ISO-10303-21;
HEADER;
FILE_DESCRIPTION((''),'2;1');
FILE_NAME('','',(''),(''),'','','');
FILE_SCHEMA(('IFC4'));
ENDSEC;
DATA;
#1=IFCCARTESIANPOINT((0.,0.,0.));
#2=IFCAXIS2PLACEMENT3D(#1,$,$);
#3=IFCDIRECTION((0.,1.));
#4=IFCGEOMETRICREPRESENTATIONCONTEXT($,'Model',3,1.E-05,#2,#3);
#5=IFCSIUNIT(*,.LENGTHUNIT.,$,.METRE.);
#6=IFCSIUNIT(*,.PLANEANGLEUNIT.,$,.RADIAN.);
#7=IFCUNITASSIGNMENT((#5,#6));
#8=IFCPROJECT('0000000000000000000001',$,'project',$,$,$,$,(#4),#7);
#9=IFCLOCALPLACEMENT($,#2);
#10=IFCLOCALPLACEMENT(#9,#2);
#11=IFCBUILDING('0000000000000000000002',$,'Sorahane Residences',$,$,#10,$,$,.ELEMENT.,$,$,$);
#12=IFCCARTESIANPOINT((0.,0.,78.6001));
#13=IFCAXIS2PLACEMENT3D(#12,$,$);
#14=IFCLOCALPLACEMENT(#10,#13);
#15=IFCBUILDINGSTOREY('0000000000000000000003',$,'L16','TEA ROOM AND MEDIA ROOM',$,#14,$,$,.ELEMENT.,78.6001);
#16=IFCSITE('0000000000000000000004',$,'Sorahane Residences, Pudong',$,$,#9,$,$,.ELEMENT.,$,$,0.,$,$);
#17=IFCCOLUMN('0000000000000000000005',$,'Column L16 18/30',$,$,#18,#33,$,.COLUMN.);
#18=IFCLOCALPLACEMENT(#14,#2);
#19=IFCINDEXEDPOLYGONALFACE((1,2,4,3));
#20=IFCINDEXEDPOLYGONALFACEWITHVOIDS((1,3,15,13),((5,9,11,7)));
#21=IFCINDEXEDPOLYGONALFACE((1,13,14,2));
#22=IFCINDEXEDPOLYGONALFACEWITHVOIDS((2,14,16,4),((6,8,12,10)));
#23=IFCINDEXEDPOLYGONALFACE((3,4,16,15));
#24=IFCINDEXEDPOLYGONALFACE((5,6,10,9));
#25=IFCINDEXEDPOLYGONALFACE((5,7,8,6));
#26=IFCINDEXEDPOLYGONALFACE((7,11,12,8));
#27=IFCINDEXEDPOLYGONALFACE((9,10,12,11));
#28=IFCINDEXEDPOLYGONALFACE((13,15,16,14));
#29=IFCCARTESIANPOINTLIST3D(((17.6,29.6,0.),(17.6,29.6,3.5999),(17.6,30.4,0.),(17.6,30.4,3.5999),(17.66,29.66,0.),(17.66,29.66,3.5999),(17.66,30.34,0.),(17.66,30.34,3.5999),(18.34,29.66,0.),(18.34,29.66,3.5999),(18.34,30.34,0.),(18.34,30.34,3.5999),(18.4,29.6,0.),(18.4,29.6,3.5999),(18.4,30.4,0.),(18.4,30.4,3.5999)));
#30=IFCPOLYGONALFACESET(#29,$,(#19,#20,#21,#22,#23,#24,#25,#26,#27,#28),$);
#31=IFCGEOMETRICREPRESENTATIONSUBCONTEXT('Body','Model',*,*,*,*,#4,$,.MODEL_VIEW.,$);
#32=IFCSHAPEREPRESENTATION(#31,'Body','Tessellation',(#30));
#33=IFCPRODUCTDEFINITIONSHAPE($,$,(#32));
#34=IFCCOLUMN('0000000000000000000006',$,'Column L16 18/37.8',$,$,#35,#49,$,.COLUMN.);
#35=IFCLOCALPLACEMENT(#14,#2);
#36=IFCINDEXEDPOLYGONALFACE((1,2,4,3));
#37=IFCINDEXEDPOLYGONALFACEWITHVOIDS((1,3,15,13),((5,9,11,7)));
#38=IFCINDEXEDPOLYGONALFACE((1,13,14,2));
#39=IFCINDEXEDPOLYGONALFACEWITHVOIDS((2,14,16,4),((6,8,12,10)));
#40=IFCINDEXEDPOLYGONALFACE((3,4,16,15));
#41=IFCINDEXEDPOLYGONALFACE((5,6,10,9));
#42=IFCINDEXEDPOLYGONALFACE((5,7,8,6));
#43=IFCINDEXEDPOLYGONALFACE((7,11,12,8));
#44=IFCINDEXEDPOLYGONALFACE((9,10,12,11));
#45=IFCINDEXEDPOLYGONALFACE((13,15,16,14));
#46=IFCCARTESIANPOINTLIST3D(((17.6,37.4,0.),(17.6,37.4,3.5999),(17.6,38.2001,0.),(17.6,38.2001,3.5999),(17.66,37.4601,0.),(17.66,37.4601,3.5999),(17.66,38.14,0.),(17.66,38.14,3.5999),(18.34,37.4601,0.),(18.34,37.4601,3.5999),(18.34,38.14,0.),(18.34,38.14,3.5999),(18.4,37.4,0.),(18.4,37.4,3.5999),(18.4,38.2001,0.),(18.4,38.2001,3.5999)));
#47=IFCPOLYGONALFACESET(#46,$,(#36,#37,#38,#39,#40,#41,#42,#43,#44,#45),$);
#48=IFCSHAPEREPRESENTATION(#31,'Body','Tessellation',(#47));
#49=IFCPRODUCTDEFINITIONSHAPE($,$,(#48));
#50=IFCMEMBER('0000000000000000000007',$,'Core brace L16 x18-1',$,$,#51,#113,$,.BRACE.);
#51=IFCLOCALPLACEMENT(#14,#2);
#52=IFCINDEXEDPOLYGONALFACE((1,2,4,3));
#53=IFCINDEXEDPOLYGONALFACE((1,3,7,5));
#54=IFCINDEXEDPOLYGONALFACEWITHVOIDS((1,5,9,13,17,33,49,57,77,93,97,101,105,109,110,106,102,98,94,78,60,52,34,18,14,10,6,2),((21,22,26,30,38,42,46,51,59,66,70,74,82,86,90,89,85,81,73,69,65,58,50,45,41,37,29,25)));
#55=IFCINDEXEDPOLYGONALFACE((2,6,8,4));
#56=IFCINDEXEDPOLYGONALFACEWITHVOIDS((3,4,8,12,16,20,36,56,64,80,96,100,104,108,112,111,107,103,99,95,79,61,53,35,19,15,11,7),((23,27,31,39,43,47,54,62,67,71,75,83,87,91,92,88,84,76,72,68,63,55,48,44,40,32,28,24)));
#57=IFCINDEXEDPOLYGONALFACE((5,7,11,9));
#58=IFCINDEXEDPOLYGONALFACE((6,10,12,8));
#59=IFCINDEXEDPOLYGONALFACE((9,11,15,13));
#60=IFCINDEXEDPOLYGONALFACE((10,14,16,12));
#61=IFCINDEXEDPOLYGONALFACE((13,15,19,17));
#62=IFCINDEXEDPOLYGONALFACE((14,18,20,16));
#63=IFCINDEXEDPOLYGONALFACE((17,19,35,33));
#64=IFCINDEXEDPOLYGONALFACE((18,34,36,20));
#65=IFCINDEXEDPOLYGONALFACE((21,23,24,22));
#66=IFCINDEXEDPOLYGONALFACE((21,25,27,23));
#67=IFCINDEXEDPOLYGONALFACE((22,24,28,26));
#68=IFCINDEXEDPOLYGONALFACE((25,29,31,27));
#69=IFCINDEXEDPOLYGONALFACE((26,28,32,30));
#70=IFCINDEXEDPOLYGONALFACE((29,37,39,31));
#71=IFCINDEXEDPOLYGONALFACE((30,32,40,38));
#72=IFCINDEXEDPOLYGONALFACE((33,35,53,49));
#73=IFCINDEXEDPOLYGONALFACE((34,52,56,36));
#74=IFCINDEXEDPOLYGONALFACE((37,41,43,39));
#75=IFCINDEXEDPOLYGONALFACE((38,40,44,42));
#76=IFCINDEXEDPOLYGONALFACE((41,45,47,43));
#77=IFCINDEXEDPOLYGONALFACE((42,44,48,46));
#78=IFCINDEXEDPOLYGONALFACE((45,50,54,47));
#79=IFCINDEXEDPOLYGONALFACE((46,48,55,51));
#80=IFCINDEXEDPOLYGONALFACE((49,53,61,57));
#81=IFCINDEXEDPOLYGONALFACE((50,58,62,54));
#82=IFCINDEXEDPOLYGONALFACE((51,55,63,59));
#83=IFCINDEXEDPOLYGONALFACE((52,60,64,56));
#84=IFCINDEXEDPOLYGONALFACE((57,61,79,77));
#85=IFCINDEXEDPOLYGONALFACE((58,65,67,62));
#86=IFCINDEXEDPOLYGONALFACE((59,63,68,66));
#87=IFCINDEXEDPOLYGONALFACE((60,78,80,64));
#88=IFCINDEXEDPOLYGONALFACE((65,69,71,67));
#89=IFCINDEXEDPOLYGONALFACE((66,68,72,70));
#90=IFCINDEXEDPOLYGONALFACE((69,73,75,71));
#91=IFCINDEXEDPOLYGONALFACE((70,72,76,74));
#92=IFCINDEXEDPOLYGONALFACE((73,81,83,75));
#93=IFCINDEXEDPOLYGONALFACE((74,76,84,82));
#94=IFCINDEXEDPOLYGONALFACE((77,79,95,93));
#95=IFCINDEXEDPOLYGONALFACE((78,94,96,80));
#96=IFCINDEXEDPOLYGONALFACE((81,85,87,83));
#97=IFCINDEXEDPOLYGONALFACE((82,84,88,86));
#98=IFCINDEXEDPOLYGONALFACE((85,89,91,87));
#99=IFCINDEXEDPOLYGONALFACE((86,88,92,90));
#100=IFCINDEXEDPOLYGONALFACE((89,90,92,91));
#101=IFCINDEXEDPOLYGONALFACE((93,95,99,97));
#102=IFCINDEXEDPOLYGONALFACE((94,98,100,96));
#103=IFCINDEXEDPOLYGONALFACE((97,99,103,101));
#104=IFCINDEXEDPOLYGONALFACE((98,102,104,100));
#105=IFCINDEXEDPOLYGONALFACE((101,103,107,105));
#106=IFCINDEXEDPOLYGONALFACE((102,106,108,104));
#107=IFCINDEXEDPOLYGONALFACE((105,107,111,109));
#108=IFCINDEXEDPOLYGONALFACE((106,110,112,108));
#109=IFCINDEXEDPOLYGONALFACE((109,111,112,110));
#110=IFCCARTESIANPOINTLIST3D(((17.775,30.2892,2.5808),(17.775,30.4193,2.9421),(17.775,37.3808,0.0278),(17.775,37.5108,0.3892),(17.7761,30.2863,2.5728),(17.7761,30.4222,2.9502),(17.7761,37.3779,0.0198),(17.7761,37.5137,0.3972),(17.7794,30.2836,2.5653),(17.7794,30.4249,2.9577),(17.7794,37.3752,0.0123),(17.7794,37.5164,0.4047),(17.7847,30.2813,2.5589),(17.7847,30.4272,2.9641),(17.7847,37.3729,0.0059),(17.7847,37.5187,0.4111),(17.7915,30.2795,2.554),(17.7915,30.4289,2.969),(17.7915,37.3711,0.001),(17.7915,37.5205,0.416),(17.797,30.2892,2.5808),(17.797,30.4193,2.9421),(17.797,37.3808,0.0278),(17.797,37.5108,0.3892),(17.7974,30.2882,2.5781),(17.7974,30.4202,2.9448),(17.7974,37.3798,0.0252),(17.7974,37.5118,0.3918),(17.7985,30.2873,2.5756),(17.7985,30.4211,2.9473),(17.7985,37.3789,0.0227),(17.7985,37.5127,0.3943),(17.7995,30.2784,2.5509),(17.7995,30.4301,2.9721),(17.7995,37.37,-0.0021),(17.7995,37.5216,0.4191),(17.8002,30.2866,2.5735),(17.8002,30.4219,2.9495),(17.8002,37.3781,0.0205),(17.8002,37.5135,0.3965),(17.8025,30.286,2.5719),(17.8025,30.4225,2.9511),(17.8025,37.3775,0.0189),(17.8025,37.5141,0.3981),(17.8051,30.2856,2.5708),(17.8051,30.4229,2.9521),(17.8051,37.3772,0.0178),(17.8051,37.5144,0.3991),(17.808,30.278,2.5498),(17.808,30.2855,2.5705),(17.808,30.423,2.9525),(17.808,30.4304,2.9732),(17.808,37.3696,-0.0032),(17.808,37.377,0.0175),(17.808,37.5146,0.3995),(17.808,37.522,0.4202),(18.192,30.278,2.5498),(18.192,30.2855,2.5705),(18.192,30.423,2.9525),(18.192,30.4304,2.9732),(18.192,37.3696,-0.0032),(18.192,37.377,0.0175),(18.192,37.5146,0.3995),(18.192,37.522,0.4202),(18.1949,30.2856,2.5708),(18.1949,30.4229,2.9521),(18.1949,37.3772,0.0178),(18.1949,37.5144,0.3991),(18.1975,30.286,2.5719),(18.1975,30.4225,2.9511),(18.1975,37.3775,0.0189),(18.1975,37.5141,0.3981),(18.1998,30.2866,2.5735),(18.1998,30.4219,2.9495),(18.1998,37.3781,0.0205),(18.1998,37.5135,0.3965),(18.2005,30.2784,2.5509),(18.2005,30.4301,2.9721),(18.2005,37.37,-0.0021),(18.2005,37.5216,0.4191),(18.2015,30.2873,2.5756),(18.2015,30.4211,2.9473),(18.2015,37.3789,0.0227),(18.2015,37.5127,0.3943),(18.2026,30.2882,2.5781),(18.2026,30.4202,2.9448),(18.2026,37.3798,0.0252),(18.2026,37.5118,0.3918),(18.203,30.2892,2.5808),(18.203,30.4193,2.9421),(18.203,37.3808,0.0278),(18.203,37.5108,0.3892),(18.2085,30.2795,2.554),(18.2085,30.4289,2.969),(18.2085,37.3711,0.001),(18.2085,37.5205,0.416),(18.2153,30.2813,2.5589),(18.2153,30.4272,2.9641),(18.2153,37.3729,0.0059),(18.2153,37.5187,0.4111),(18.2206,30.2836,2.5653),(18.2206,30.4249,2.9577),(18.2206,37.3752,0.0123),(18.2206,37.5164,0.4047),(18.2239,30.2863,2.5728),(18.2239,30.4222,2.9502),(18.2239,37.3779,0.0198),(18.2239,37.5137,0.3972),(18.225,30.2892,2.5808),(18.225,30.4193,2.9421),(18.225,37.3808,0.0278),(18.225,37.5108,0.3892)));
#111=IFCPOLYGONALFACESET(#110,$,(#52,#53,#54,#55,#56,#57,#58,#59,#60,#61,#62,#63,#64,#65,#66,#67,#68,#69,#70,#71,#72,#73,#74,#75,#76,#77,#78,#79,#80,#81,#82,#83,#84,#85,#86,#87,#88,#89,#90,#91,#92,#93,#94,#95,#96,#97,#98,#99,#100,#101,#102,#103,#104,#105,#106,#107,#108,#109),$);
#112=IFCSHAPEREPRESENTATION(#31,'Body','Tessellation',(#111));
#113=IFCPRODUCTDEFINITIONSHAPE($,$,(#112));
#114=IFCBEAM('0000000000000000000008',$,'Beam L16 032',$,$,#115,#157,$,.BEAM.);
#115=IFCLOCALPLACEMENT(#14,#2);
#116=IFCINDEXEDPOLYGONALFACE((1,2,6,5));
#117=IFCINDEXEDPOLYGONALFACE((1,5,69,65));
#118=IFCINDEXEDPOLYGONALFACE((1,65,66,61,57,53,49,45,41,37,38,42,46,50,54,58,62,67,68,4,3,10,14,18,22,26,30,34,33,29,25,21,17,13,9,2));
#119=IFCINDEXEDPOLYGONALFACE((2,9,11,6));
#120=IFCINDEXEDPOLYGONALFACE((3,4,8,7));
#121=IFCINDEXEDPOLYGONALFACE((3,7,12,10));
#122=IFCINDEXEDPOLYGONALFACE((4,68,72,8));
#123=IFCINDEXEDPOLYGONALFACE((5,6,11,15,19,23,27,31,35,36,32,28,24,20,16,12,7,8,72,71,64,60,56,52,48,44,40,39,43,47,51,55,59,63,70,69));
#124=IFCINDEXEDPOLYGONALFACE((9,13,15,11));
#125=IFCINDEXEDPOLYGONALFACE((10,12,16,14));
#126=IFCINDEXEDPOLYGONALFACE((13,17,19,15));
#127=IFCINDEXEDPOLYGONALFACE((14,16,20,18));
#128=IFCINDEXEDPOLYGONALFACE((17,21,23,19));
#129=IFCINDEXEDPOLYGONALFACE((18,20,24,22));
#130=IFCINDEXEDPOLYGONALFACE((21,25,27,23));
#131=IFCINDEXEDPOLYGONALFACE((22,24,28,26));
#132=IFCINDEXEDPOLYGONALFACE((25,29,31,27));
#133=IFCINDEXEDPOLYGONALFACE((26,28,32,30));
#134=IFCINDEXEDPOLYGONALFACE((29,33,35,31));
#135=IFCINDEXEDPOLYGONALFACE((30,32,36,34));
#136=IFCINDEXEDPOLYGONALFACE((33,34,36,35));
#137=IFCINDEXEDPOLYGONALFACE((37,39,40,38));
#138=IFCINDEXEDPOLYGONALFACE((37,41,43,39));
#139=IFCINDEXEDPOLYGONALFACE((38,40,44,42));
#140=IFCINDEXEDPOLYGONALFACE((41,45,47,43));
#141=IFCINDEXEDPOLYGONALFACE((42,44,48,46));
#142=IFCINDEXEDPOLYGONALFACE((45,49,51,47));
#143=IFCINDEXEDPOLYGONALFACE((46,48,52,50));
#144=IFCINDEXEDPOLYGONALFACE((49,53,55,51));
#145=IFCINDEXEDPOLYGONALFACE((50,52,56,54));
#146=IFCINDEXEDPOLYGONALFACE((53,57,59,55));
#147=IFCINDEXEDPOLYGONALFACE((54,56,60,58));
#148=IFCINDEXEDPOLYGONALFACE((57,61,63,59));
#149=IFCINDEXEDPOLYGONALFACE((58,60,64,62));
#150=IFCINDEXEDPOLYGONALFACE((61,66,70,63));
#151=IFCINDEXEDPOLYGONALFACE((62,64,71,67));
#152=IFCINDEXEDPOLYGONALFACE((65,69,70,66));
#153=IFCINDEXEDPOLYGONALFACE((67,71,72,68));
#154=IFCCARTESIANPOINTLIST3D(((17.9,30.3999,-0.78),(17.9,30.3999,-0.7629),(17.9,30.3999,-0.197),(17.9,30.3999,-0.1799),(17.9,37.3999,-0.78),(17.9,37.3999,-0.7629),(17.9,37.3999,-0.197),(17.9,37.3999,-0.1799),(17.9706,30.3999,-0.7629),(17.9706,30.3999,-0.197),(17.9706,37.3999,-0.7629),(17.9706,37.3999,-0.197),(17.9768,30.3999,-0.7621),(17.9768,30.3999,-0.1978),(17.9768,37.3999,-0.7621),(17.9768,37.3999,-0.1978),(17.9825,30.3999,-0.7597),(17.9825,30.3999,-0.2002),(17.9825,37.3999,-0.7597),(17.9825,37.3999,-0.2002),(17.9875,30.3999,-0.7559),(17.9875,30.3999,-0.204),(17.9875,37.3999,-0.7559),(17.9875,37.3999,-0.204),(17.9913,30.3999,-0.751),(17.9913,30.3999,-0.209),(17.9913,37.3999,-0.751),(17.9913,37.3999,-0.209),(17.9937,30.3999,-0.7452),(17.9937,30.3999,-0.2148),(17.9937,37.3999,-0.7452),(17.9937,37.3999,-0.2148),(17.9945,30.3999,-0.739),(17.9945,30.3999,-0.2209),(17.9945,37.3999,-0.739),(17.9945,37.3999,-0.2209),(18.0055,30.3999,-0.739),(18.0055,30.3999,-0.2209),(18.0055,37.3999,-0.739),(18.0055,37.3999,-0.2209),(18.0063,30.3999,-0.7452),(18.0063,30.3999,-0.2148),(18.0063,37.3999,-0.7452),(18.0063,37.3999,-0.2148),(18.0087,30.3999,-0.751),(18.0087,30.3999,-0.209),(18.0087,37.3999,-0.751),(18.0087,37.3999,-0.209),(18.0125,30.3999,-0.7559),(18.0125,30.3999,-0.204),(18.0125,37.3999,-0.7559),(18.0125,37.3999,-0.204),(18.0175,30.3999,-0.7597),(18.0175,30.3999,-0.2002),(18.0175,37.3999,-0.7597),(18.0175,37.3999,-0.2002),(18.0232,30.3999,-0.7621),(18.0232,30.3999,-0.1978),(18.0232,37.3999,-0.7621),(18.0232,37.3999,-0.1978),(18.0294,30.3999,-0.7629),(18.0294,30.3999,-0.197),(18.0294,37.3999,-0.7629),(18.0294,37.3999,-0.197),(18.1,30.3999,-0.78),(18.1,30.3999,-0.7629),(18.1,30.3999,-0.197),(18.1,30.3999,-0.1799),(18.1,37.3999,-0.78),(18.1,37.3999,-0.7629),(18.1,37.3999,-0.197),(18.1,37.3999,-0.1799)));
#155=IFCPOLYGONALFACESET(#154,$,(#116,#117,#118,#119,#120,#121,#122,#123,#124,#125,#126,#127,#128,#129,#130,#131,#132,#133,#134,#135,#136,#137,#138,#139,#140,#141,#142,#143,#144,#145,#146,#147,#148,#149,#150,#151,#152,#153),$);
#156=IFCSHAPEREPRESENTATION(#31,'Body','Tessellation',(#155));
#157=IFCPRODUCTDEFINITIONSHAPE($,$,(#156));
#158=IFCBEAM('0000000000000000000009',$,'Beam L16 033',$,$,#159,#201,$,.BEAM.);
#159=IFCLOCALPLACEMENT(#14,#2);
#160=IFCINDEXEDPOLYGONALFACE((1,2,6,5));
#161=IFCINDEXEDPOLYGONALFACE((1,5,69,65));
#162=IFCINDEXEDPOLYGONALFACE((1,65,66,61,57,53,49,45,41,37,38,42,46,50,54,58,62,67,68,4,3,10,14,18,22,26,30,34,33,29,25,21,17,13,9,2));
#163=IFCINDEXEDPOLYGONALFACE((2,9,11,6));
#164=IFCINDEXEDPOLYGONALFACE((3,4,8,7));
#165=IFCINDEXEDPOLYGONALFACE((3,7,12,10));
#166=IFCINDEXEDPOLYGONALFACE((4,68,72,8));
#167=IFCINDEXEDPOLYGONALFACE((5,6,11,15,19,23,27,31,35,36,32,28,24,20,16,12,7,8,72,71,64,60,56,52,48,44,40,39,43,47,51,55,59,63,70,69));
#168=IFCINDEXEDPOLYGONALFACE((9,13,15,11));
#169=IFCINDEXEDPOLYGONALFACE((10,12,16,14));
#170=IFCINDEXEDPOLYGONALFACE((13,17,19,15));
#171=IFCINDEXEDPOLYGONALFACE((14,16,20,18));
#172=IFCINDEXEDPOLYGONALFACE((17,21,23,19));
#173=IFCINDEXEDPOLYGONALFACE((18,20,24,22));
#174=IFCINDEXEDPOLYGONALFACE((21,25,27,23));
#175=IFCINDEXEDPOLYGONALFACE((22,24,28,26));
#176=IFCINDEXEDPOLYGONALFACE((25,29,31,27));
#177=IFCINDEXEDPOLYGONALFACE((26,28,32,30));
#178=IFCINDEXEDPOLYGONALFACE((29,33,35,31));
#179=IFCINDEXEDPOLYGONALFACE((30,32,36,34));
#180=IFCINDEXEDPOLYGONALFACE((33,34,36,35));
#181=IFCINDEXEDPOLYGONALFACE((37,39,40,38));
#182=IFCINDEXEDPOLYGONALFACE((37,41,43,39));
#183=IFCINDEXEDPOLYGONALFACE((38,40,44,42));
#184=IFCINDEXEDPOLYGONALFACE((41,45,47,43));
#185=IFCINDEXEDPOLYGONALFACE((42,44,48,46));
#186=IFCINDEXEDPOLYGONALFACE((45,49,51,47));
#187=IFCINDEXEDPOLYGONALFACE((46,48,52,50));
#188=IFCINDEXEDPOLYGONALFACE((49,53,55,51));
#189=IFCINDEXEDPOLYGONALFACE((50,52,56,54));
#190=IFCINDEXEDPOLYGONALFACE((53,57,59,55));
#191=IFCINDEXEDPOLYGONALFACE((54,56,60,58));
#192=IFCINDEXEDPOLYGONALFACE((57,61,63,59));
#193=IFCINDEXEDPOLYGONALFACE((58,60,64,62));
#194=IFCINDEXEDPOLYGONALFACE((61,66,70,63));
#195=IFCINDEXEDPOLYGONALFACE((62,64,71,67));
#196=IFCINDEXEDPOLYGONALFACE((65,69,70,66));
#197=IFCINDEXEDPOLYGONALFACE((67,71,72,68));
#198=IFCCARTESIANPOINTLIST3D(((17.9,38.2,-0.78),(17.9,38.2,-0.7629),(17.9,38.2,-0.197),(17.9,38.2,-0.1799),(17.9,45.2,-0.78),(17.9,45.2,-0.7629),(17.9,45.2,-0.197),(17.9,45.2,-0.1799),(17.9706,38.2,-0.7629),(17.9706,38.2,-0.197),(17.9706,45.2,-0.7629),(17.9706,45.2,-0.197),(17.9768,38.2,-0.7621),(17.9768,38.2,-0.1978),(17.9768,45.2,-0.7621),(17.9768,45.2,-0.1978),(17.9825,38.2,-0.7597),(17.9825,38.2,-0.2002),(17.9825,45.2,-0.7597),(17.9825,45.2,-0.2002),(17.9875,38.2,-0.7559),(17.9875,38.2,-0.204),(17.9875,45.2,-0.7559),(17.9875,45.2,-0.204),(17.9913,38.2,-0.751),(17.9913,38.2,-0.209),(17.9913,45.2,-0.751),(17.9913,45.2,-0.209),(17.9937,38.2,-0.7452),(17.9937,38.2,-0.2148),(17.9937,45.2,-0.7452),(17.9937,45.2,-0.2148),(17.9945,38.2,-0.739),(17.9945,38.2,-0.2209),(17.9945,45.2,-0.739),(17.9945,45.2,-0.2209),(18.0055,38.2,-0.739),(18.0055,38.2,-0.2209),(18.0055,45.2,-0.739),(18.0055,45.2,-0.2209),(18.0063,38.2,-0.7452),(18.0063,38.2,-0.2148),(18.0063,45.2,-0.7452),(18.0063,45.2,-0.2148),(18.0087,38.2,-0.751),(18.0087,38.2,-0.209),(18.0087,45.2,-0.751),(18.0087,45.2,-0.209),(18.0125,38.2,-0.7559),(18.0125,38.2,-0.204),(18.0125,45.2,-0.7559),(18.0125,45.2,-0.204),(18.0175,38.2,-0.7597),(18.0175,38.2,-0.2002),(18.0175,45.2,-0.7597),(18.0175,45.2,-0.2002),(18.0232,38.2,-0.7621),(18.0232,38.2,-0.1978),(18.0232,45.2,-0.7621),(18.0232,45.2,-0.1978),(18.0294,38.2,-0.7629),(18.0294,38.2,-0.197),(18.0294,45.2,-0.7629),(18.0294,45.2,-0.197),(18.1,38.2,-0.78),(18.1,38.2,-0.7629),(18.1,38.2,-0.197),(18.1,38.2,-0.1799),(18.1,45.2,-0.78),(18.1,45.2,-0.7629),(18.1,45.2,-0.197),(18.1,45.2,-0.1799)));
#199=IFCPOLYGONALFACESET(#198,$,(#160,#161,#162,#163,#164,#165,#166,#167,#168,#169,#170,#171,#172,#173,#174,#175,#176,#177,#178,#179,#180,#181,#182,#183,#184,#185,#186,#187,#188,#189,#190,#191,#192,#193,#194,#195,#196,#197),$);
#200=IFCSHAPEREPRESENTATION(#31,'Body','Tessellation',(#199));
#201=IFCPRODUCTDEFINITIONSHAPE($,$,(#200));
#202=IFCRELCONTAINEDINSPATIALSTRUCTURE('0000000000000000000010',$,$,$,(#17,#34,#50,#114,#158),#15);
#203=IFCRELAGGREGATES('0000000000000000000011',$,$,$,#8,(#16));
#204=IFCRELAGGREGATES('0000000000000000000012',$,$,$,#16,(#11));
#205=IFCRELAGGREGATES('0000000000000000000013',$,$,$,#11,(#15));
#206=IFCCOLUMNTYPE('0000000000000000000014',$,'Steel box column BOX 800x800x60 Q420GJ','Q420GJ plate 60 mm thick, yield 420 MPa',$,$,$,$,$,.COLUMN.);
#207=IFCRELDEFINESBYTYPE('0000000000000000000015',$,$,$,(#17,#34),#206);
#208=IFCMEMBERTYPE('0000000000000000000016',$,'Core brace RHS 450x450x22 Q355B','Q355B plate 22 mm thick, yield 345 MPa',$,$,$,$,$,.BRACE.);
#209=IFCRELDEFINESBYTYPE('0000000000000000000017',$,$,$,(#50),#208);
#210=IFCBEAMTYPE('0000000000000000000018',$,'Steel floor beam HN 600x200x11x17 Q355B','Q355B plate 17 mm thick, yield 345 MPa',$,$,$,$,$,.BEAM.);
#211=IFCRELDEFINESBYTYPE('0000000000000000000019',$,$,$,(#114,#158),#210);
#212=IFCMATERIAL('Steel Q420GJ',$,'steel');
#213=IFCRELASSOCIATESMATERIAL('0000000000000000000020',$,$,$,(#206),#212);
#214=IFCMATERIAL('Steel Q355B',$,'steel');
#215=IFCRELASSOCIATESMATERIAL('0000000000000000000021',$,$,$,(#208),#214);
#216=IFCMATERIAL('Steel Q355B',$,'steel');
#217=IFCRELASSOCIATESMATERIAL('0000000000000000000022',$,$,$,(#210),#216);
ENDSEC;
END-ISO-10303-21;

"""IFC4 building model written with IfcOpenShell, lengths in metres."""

from ifc_helpers import new_model, si_unit, direction, frame, origin, origin_2d, place, context, subcontext, project, spatial, hollow_rectangle, i_section, extrude, material, material_profile, profile_set, type_object, element, save


model = new_model("IFC4")

# Units and contexts
model_context = context("Model", 3, precision=1e-05, world=origin(), true_north=direction((0.0, 1.0)))
body_context = subcontext(model_context, "Body", "Model", "MODEL_VIEW")
ifc_project = project(units=[si_unit("LENGTHUNIT", "METRE"), si_unit("PLANEANGLEUNIT", "RADIAN")], contexts=[model_context])

# Site, building, storey
site_placement = place(None, origin())
site = spatial("IfcSite", under=ifc_project, at=site_placement, Name="Sorahane Residences, Pudong", CompositionType="ELEMENT", RefElevation=0.0)
building_placement = place(site_placement, origin())
building = spatial("IfcBuilding", under=site, at=building_placement, Name="Sorahane Residences", CompositionType="ELEMENT")
storey_placement = place(building_placement, frame((0.0, 0.0, 78.6001)))
storey = spatial("IfcBuildingStorey", under=building, at=storey_placement, Name="L16", Description="TEA ROOM AND MEDIA ROOM", CompositionType="ELEMENT", Elevation=78.6001)

# Columns
ifc_material_1 = material(Name="Steel Q420GJ", Category="steel")
ifc_material_profile_1 = material_profile(ifc_material_1, hollow_rectangle(XDim=0.8, YDim=0.8, WallThickness=0.0601, at=origin_2d()), Name="BOX 800x800x60")
ifc_profile_set_1 = profile_set([ifc_material_profile_1], Name="Steel Q420GJ")
column_type = type_object("IfcColumnType", Name="Steel box column BOX 800x800x60 Q420GJ", Description="Q420GJ plate 60 mm thick, yield 420 MPa", PredefinedType="COLUMN", material=ifc_profile_set_1)
for number, where, z_axis, x_axis, name in (
    (1, (18.0, 30.0, 0.0), (0.0, 0.0, 1.0), (1.0, 0.0, 0.0), "Column L16 18/30"),
    (2, (18.0, 37.8, 0.0), (0.0, 0.0, 1.0), (1.0, 0.0, 0.0), "Column L16 18/37.8"),
):
    element("IfcColumn", number, at=place(storey_placement, frame(where, z_axis=z_axis, x_axis=x_axis)), inside=storey, type_object=column_type, Name=name, PredefinedType="COLUMN", context=body_context, shape_type="SweptSolid", body=[
        extrude(hollow_rectangle(XDim=0.8, YDim=0.8, WallThickness=0.0601, at=origin_2d()), origin(), (0.0, 0.0, 1.0), 3.5999),
    ])

# Member
ifc_material_2 = material(Name="Steel Q355B", Category="steel")
ifc_material_profile_2 = material_profile(ifc_material_2, hollow_rectangle(XDim=0.45, YDim=0.45, WallThickness=0.022, InnerFilletRadius=0.011, OuterFilletRadius=0.033, at=origin_2d()), Name="RHS 450x450x22")
ifc_profile_set_2 = profile_set([ifc_material_profile_2], Name="Steel Q355B")
member_type = type_object("IfcMemberType", Name="Core brace RHS 450x450x22 Q355B", Description="Q355B plate 22 mm thick, yield 345 MPa", PredefinedType="BRACE", material=ifc_profile_set_2)
member_placement = place(storey_placement, frame((18.0, 37.4458, 0.2085), z_axis=(0.0, -0.940887, 0.338722), x_axis=(1.0, 0.0, 0.0)))
element("IfcMember", 3, at=member_placement, inside=storey, type_object=member_type, Name="Core brace L16 x18-1", PredefinedType="BRACE", context=body_context, shape_type="SweptSolid", body=[
    extrude(hollow_rectangle(XDim=0.45, YDim=0.45, WallThickness=0.022, InnerFilletRadius=0.011, OuterFilletRadius=0.033, at=origin_2d()), origin(), (0.0, 0.0, 1.0), 7.5371),
])

# Beams
ifc_material_3 = material(Name="Steel Q355B", Category="steel")
ifc_material_profile_3 = material_profile(ifc_material_3, i_section(OverallWidth=0.2, OverallDepth=0.6001, WebThickness=0.011, FlangeThickness=0.0171, FilletRadius=0.0239, at=origin_2d()), Name="HN 600x200x11x17")
ifc_profile_set_3 = profile_set([ifc_material_profile_3], Name="Steel Q355B")
beam_type = type_object("IfcBeamType", Name="Steel floor beam HN 600x200x11x17 Q355B", Description="Q355B plate 17 mm thick, yield 345 MPa", PredefinedType="BEAM", material=ifc_profile_set_3)
for number, where, z_axis, x_axis, name in (
    (4, (18.0, 30.3999, -0.48), (0.0, 1.0, 0.0), (-1.0, 0.0, 0.0), "Beam L16 032"),
    (5, (18.0, 38.2, -0.48), (0.0, 1.0, 0.0), (-1.0, 0.0, 0.0), "Beam L16 033"),
):
    element("IfcBeam", number, at=place(storey_placement, frame(where, z_axis=z_axis, x_axis=x_axis)), inside=storey, type_object=beam_type, Name=name, PredefinedType="BEAM", context=body_context, shape_type="SweptSolid", body=[
        extrude(i_section(OverallWidth=0.2, OverallDepth=0.6001, WebThickness=0.011, FlangeThickness=0.0171, FilletRadius=0.0239, at=origin_2d()), origin(), (0.0, 0.0, 1.0), 7.0),
    ])

save(model, "model.ifc")
